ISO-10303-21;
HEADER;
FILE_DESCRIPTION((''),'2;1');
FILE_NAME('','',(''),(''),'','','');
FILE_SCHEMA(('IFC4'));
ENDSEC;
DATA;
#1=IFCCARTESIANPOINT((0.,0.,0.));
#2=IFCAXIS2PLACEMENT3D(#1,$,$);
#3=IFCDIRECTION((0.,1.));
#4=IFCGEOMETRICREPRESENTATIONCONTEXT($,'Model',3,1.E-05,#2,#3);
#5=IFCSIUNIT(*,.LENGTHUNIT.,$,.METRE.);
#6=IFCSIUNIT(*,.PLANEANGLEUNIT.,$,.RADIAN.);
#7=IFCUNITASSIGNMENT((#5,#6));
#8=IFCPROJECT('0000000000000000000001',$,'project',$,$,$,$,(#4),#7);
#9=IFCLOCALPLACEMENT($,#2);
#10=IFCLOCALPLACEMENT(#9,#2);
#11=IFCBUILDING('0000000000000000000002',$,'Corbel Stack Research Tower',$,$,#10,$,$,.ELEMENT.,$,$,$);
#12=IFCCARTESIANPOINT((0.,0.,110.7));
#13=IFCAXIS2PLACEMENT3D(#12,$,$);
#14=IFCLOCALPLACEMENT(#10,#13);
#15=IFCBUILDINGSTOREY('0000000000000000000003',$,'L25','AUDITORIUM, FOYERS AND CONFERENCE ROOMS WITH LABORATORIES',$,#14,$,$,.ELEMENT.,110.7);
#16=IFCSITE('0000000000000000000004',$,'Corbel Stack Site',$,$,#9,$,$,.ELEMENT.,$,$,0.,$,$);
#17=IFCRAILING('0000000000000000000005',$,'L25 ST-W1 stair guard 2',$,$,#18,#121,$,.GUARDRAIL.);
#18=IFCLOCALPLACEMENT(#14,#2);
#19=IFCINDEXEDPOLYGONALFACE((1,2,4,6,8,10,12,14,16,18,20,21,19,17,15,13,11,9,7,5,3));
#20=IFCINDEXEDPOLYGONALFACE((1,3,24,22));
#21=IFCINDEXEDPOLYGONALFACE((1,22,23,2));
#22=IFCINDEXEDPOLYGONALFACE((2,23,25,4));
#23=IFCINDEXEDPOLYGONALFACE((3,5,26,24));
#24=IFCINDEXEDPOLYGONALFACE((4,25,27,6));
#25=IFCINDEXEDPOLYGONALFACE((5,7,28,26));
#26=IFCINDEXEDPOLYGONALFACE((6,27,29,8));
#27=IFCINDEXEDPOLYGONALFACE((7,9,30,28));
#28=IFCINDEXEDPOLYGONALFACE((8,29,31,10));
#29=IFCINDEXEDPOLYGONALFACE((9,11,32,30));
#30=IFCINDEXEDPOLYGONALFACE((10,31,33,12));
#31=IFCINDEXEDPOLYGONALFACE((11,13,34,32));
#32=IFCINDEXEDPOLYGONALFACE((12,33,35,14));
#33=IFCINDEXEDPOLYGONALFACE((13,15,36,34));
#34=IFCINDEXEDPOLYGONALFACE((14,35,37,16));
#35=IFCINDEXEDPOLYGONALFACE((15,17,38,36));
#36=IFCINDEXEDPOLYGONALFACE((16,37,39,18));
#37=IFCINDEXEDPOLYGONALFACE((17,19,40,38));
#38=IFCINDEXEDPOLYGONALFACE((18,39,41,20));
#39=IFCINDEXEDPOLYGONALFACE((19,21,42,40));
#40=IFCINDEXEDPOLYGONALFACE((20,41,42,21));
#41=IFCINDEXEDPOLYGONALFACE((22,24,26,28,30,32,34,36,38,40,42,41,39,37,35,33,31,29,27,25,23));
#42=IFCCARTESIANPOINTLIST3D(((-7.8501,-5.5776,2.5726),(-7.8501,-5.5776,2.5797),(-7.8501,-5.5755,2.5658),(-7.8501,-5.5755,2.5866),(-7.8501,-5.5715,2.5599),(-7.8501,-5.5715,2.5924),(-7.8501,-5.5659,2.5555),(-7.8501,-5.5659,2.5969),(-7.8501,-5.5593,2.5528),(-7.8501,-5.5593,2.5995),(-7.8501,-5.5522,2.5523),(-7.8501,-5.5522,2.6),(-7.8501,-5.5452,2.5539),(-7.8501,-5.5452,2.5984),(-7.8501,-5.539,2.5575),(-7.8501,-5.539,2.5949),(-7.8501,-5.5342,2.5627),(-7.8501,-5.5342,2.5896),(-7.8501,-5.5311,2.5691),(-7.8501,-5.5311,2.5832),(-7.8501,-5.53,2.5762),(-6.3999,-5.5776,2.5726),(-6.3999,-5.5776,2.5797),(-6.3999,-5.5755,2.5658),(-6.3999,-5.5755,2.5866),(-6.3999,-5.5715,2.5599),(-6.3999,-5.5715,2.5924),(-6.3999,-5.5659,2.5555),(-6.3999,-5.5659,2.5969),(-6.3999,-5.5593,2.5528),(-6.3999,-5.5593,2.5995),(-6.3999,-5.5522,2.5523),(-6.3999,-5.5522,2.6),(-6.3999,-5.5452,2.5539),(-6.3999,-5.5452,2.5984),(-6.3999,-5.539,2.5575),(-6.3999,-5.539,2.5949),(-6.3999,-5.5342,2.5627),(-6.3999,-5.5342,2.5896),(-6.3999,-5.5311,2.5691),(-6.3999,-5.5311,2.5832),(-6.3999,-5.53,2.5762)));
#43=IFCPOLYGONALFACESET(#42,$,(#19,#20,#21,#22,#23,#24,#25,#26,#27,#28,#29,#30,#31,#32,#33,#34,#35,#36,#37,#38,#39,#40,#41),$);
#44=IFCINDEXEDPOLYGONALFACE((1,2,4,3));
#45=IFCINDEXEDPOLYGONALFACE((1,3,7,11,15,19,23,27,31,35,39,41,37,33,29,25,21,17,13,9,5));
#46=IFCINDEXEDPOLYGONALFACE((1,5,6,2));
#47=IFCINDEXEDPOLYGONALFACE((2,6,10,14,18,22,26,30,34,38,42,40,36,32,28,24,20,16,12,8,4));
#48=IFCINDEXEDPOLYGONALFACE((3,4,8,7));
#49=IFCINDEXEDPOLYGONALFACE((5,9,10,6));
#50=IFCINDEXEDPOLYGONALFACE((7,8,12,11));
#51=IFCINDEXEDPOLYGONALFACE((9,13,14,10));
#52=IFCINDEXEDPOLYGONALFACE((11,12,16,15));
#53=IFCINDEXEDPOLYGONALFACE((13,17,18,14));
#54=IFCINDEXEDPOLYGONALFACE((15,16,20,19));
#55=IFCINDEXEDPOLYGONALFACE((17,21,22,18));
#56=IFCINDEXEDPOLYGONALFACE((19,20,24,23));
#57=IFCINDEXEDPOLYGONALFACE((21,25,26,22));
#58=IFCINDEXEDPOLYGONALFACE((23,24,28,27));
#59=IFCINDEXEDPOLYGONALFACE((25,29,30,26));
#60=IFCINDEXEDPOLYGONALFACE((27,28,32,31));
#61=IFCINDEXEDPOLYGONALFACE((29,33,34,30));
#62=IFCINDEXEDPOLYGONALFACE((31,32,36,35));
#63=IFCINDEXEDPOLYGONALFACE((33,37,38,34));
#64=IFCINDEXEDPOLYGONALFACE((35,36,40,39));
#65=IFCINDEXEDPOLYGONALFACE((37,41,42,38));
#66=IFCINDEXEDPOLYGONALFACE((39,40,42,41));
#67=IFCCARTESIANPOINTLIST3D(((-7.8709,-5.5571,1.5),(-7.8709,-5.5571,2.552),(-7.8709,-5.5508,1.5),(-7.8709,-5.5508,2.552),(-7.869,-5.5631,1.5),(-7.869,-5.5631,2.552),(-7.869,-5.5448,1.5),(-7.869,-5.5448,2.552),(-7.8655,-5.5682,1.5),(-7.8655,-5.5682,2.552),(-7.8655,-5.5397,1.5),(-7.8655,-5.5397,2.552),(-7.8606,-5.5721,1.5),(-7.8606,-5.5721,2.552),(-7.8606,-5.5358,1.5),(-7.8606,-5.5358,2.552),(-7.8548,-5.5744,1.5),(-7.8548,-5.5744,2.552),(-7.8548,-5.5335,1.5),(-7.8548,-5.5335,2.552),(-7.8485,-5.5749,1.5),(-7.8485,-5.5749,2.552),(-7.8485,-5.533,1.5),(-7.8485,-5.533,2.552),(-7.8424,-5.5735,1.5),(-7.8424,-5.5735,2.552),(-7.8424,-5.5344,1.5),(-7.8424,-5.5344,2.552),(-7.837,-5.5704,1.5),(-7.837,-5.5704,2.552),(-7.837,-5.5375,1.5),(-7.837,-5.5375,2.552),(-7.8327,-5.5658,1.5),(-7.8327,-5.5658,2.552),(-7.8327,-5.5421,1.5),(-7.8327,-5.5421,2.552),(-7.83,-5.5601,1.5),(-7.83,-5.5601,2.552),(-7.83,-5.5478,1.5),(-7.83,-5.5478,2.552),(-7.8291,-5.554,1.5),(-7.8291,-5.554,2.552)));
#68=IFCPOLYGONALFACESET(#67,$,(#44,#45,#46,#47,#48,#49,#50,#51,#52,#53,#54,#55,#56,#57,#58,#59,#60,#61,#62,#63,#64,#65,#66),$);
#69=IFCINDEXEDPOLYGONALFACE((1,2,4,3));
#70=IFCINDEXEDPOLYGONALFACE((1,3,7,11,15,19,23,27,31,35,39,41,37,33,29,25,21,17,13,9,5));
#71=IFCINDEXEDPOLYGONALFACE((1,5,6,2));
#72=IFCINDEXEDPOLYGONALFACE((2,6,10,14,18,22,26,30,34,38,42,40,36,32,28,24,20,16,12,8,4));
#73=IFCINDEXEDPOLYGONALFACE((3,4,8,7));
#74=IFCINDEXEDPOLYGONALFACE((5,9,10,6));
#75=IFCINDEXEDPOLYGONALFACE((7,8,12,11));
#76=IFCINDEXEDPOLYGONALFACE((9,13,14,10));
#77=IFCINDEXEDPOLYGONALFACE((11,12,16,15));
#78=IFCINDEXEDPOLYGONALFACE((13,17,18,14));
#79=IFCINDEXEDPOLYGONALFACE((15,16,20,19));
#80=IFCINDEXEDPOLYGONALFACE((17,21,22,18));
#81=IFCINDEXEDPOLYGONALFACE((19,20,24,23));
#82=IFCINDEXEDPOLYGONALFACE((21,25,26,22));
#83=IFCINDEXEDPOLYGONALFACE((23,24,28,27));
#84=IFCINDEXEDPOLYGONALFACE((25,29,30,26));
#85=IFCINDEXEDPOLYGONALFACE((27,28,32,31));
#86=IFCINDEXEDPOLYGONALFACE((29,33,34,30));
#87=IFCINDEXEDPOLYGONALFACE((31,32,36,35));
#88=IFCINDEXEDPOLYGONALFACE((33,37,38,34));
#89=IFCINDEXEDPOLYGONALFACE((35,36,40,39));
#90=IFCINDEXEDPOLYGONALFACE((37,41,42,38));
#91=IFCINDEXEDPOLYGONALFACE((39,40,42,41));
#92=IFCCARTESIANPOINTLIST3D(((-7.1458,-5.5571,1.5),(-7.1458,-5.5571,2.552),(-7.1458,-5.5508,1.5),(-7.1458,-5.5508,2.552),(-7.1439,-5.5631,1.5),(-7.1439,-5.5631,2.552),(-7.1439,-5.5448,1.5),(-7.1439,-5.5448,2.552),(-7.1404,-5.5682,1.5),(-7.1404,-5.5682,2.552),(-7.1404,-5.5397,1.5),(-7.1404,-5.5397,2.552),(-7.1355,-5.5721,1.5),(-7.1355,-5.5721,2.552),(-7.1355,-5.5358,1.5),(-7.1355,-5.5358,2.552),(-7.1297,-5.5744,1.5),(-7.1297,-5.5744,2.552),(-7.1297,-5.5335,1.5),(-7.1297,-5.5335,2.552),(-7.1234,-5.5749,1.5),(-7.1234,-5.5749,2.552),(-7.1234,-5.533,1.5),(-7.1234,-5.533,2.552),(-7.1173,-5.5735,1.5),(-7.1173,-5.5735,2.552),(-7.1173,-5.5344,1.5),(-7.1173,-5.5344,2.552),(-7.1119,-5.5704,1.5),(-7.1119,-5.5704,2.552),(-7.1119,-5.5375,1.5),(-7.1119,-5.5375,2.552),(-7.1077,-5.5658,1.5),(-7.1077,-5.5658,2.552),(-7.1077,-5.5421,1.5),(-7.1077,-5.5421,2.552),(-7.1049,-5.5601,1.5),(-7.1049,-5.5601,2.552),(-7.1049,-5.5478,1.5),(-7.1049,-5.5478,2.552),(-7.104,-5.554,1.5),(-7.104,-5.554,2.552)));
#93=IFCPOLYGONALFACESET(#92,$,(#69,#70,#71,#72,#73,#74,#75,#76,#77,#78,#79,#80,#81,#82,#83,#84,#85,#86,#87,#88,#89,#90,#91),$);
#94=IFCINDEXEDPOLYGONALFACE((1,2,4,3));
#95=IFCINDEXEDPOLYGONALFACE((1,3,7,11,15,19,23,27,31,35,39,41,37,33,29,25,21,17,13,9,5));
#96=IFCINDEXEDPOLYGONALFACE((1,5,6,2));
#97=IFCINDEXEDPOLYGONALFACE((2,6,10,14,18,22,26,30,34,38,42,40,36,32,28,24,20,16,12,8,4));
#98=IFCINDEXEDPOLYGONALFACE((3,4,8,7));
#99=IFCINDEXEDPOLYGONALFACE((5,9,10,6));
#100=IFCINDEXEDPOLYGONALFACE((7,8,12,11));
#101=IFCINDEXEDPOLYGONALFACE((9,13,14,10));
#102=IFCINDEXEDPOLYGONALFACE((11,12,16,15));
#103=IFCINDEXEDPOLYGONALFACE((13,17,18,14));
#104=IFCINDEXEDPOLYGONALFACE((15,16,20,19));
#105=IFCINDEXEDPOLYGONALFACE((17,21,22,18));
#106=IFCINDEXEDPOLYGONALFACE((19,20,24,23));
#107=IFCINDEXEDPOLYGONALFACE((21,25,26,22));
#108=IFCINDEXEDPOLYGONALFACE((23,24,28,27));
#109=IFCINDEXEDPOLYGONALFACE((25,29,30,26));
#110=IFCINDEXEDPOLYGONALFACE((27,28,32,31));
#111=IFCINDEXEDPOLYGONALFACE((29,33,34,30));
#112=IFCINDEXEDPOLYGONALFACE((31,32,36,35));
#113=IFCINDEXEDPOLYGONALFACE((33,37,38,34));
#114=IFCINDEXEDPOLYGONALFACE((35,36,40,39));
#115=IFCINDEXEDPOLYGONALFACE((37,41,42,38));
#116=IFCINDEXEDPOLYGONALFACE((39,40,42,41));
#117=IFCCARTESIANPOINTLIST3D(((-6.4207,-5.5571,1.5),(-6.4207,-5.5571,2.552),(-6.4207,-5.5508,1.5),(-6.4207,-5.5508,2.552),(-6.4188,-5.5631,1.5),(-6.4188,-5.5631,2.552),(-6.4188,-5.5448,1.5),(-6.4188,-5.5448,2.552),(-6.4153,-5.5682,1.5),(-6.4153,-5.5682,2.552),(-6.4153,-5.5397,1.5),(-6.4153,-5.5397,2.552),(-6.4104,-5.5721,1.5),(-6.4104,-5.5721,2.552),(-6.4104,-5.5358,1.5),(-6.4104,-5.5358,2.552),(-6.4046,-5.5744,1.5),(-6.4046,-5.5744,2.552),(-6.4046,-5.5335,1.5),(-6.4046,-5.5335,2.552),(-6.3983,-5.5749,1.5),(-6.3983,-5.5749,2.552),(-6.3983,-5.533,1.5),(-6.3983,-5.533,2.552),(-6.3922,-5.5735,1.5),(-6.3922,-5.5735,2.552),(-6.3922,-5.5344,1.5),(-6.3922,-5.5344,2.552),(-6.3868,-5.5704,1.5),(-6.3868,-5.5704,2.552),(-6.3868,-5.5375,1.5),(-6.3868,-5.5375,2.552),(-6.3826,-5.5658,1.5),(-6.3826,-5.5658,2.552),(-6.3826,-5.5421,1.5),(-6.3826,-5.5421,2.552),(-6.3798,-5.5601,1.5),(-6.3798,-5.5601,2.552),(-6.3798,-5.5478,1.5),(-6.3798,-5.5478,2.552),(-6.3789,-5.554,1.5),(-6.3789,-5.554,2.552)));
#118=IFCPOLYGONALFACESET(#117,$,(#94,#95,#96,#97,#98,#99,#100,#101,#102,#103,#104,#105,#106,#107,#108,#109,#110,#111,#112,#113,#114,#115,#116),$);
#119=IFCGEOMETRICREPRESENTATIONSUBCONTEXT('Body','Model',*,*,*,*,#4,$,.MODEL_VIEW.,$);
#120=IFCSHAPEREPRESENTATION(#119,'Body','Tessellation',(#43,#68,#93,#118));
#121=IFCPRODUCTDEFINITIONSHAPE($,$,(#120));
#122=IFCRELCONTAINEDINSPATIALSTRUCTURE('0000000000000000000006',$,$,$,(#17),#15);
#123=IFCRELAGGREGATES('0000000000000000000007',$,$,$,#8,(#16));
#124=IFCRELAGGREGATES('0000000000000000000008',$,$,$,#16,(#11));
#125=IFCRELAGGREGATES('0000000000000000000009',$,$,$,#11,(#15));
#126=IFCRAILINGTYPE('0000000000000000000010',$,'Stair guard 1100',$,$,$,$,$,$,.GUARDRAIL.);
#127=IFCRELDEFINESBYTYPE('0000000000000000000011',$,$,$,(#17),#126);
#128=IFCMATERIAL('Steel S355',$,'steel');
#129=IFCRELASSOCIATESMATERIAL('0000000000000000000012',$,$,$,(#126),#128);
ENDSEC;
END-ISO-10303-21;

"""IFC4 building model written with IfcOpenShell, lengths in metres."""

from ifc_helpers import new_model, si_unit, direction, frame, origin, origin_2d, place, context, subcontext, project, spatial, circle, extrude, material, type_object, element, save


model = new_model("IFC4")

# Units and contexts
model_context = context("Model", 3, precision=1e-05, world=origin(), true_north=direction((0.0, 1.0)))
body_context = subcontext(model_context, "Body", "Model", "MODEL_VIEW")
ifc_project = project(units=[si_unit("LENGTHUNIT", "METRE"), si_unit("PLANEANGLEUNIT", "RADIAN")], contexts=[model_context])

# Site, building, storey
site_placement = place(None, origin())
site = spatial("IfcSite", under=ifc_project, at=site_placement, Name="Corbel Stack Site", CompositionType="ELEMENT", RefElevation=0.0)
building_placement = place(site_placement, origin())
building = spatial("IfcBuilding", under=site, at=building_placement, Name="Corbel Stack Research Tower", CompositionType="ELEMENT")
storey_placement = place(building_placement, frame((0.0, 0.0, 110.7)))
storey = spatial("IfcBuildingStorey", under=building, at=storey_placement, Name="L25", Description="AUDITORIUM, FOYERS AND CONFERENCE ROOMS WITH LABORATORIES", CompositionType="ELEMENT", Elevation=110.7)

# Railing
ifc_material_1 = material(Name="Steel S355", Category="steel")
railing_type_1 = type_object("IfcRailingType", Name="Stair guard 1100", PredefinedType="GUARDRAIL", material=ifc_material_1)
railing_1_placement = place(storey_placement, frame((-7.8501, -5.554, 1.5)))
element("IfcRailing", 1, at=railing_1_placement, inside=storey, type_object=railing_type_1, Name="L25 ST-W1 stair guard 2", PredefinedType="GUARDRAIL", context=body_context, shape_type="SweptSolid", body=[
    extrude(circle(Radius=0.0239, at=origin_2d()), frame((0.0, 0.0, 1.0762), z_axis=(1.0, 0.0, 0.0), x_axis=(0.0, 1.0, 0.0)), (0.0, 0.0, 1.0), 1.4502),
    extrude(circle(Radius=0.021, at=origin_2d()), origin(), (0.0, 0.0, 1.0), 1.052),
    extrude(circle(Radius=0.021, at=origin_2d()), frame((0.7251, 0.0, 0.0)), (0.0, 0.0, 1.0), 1.052),
    extrude(circle(Radius=0.021, at=origin_2d()), frame((1.4502, 0.0, 0.0)), (0.0, 0.0, 1.0), 1.052),
])

save(model, "model.ifc")
